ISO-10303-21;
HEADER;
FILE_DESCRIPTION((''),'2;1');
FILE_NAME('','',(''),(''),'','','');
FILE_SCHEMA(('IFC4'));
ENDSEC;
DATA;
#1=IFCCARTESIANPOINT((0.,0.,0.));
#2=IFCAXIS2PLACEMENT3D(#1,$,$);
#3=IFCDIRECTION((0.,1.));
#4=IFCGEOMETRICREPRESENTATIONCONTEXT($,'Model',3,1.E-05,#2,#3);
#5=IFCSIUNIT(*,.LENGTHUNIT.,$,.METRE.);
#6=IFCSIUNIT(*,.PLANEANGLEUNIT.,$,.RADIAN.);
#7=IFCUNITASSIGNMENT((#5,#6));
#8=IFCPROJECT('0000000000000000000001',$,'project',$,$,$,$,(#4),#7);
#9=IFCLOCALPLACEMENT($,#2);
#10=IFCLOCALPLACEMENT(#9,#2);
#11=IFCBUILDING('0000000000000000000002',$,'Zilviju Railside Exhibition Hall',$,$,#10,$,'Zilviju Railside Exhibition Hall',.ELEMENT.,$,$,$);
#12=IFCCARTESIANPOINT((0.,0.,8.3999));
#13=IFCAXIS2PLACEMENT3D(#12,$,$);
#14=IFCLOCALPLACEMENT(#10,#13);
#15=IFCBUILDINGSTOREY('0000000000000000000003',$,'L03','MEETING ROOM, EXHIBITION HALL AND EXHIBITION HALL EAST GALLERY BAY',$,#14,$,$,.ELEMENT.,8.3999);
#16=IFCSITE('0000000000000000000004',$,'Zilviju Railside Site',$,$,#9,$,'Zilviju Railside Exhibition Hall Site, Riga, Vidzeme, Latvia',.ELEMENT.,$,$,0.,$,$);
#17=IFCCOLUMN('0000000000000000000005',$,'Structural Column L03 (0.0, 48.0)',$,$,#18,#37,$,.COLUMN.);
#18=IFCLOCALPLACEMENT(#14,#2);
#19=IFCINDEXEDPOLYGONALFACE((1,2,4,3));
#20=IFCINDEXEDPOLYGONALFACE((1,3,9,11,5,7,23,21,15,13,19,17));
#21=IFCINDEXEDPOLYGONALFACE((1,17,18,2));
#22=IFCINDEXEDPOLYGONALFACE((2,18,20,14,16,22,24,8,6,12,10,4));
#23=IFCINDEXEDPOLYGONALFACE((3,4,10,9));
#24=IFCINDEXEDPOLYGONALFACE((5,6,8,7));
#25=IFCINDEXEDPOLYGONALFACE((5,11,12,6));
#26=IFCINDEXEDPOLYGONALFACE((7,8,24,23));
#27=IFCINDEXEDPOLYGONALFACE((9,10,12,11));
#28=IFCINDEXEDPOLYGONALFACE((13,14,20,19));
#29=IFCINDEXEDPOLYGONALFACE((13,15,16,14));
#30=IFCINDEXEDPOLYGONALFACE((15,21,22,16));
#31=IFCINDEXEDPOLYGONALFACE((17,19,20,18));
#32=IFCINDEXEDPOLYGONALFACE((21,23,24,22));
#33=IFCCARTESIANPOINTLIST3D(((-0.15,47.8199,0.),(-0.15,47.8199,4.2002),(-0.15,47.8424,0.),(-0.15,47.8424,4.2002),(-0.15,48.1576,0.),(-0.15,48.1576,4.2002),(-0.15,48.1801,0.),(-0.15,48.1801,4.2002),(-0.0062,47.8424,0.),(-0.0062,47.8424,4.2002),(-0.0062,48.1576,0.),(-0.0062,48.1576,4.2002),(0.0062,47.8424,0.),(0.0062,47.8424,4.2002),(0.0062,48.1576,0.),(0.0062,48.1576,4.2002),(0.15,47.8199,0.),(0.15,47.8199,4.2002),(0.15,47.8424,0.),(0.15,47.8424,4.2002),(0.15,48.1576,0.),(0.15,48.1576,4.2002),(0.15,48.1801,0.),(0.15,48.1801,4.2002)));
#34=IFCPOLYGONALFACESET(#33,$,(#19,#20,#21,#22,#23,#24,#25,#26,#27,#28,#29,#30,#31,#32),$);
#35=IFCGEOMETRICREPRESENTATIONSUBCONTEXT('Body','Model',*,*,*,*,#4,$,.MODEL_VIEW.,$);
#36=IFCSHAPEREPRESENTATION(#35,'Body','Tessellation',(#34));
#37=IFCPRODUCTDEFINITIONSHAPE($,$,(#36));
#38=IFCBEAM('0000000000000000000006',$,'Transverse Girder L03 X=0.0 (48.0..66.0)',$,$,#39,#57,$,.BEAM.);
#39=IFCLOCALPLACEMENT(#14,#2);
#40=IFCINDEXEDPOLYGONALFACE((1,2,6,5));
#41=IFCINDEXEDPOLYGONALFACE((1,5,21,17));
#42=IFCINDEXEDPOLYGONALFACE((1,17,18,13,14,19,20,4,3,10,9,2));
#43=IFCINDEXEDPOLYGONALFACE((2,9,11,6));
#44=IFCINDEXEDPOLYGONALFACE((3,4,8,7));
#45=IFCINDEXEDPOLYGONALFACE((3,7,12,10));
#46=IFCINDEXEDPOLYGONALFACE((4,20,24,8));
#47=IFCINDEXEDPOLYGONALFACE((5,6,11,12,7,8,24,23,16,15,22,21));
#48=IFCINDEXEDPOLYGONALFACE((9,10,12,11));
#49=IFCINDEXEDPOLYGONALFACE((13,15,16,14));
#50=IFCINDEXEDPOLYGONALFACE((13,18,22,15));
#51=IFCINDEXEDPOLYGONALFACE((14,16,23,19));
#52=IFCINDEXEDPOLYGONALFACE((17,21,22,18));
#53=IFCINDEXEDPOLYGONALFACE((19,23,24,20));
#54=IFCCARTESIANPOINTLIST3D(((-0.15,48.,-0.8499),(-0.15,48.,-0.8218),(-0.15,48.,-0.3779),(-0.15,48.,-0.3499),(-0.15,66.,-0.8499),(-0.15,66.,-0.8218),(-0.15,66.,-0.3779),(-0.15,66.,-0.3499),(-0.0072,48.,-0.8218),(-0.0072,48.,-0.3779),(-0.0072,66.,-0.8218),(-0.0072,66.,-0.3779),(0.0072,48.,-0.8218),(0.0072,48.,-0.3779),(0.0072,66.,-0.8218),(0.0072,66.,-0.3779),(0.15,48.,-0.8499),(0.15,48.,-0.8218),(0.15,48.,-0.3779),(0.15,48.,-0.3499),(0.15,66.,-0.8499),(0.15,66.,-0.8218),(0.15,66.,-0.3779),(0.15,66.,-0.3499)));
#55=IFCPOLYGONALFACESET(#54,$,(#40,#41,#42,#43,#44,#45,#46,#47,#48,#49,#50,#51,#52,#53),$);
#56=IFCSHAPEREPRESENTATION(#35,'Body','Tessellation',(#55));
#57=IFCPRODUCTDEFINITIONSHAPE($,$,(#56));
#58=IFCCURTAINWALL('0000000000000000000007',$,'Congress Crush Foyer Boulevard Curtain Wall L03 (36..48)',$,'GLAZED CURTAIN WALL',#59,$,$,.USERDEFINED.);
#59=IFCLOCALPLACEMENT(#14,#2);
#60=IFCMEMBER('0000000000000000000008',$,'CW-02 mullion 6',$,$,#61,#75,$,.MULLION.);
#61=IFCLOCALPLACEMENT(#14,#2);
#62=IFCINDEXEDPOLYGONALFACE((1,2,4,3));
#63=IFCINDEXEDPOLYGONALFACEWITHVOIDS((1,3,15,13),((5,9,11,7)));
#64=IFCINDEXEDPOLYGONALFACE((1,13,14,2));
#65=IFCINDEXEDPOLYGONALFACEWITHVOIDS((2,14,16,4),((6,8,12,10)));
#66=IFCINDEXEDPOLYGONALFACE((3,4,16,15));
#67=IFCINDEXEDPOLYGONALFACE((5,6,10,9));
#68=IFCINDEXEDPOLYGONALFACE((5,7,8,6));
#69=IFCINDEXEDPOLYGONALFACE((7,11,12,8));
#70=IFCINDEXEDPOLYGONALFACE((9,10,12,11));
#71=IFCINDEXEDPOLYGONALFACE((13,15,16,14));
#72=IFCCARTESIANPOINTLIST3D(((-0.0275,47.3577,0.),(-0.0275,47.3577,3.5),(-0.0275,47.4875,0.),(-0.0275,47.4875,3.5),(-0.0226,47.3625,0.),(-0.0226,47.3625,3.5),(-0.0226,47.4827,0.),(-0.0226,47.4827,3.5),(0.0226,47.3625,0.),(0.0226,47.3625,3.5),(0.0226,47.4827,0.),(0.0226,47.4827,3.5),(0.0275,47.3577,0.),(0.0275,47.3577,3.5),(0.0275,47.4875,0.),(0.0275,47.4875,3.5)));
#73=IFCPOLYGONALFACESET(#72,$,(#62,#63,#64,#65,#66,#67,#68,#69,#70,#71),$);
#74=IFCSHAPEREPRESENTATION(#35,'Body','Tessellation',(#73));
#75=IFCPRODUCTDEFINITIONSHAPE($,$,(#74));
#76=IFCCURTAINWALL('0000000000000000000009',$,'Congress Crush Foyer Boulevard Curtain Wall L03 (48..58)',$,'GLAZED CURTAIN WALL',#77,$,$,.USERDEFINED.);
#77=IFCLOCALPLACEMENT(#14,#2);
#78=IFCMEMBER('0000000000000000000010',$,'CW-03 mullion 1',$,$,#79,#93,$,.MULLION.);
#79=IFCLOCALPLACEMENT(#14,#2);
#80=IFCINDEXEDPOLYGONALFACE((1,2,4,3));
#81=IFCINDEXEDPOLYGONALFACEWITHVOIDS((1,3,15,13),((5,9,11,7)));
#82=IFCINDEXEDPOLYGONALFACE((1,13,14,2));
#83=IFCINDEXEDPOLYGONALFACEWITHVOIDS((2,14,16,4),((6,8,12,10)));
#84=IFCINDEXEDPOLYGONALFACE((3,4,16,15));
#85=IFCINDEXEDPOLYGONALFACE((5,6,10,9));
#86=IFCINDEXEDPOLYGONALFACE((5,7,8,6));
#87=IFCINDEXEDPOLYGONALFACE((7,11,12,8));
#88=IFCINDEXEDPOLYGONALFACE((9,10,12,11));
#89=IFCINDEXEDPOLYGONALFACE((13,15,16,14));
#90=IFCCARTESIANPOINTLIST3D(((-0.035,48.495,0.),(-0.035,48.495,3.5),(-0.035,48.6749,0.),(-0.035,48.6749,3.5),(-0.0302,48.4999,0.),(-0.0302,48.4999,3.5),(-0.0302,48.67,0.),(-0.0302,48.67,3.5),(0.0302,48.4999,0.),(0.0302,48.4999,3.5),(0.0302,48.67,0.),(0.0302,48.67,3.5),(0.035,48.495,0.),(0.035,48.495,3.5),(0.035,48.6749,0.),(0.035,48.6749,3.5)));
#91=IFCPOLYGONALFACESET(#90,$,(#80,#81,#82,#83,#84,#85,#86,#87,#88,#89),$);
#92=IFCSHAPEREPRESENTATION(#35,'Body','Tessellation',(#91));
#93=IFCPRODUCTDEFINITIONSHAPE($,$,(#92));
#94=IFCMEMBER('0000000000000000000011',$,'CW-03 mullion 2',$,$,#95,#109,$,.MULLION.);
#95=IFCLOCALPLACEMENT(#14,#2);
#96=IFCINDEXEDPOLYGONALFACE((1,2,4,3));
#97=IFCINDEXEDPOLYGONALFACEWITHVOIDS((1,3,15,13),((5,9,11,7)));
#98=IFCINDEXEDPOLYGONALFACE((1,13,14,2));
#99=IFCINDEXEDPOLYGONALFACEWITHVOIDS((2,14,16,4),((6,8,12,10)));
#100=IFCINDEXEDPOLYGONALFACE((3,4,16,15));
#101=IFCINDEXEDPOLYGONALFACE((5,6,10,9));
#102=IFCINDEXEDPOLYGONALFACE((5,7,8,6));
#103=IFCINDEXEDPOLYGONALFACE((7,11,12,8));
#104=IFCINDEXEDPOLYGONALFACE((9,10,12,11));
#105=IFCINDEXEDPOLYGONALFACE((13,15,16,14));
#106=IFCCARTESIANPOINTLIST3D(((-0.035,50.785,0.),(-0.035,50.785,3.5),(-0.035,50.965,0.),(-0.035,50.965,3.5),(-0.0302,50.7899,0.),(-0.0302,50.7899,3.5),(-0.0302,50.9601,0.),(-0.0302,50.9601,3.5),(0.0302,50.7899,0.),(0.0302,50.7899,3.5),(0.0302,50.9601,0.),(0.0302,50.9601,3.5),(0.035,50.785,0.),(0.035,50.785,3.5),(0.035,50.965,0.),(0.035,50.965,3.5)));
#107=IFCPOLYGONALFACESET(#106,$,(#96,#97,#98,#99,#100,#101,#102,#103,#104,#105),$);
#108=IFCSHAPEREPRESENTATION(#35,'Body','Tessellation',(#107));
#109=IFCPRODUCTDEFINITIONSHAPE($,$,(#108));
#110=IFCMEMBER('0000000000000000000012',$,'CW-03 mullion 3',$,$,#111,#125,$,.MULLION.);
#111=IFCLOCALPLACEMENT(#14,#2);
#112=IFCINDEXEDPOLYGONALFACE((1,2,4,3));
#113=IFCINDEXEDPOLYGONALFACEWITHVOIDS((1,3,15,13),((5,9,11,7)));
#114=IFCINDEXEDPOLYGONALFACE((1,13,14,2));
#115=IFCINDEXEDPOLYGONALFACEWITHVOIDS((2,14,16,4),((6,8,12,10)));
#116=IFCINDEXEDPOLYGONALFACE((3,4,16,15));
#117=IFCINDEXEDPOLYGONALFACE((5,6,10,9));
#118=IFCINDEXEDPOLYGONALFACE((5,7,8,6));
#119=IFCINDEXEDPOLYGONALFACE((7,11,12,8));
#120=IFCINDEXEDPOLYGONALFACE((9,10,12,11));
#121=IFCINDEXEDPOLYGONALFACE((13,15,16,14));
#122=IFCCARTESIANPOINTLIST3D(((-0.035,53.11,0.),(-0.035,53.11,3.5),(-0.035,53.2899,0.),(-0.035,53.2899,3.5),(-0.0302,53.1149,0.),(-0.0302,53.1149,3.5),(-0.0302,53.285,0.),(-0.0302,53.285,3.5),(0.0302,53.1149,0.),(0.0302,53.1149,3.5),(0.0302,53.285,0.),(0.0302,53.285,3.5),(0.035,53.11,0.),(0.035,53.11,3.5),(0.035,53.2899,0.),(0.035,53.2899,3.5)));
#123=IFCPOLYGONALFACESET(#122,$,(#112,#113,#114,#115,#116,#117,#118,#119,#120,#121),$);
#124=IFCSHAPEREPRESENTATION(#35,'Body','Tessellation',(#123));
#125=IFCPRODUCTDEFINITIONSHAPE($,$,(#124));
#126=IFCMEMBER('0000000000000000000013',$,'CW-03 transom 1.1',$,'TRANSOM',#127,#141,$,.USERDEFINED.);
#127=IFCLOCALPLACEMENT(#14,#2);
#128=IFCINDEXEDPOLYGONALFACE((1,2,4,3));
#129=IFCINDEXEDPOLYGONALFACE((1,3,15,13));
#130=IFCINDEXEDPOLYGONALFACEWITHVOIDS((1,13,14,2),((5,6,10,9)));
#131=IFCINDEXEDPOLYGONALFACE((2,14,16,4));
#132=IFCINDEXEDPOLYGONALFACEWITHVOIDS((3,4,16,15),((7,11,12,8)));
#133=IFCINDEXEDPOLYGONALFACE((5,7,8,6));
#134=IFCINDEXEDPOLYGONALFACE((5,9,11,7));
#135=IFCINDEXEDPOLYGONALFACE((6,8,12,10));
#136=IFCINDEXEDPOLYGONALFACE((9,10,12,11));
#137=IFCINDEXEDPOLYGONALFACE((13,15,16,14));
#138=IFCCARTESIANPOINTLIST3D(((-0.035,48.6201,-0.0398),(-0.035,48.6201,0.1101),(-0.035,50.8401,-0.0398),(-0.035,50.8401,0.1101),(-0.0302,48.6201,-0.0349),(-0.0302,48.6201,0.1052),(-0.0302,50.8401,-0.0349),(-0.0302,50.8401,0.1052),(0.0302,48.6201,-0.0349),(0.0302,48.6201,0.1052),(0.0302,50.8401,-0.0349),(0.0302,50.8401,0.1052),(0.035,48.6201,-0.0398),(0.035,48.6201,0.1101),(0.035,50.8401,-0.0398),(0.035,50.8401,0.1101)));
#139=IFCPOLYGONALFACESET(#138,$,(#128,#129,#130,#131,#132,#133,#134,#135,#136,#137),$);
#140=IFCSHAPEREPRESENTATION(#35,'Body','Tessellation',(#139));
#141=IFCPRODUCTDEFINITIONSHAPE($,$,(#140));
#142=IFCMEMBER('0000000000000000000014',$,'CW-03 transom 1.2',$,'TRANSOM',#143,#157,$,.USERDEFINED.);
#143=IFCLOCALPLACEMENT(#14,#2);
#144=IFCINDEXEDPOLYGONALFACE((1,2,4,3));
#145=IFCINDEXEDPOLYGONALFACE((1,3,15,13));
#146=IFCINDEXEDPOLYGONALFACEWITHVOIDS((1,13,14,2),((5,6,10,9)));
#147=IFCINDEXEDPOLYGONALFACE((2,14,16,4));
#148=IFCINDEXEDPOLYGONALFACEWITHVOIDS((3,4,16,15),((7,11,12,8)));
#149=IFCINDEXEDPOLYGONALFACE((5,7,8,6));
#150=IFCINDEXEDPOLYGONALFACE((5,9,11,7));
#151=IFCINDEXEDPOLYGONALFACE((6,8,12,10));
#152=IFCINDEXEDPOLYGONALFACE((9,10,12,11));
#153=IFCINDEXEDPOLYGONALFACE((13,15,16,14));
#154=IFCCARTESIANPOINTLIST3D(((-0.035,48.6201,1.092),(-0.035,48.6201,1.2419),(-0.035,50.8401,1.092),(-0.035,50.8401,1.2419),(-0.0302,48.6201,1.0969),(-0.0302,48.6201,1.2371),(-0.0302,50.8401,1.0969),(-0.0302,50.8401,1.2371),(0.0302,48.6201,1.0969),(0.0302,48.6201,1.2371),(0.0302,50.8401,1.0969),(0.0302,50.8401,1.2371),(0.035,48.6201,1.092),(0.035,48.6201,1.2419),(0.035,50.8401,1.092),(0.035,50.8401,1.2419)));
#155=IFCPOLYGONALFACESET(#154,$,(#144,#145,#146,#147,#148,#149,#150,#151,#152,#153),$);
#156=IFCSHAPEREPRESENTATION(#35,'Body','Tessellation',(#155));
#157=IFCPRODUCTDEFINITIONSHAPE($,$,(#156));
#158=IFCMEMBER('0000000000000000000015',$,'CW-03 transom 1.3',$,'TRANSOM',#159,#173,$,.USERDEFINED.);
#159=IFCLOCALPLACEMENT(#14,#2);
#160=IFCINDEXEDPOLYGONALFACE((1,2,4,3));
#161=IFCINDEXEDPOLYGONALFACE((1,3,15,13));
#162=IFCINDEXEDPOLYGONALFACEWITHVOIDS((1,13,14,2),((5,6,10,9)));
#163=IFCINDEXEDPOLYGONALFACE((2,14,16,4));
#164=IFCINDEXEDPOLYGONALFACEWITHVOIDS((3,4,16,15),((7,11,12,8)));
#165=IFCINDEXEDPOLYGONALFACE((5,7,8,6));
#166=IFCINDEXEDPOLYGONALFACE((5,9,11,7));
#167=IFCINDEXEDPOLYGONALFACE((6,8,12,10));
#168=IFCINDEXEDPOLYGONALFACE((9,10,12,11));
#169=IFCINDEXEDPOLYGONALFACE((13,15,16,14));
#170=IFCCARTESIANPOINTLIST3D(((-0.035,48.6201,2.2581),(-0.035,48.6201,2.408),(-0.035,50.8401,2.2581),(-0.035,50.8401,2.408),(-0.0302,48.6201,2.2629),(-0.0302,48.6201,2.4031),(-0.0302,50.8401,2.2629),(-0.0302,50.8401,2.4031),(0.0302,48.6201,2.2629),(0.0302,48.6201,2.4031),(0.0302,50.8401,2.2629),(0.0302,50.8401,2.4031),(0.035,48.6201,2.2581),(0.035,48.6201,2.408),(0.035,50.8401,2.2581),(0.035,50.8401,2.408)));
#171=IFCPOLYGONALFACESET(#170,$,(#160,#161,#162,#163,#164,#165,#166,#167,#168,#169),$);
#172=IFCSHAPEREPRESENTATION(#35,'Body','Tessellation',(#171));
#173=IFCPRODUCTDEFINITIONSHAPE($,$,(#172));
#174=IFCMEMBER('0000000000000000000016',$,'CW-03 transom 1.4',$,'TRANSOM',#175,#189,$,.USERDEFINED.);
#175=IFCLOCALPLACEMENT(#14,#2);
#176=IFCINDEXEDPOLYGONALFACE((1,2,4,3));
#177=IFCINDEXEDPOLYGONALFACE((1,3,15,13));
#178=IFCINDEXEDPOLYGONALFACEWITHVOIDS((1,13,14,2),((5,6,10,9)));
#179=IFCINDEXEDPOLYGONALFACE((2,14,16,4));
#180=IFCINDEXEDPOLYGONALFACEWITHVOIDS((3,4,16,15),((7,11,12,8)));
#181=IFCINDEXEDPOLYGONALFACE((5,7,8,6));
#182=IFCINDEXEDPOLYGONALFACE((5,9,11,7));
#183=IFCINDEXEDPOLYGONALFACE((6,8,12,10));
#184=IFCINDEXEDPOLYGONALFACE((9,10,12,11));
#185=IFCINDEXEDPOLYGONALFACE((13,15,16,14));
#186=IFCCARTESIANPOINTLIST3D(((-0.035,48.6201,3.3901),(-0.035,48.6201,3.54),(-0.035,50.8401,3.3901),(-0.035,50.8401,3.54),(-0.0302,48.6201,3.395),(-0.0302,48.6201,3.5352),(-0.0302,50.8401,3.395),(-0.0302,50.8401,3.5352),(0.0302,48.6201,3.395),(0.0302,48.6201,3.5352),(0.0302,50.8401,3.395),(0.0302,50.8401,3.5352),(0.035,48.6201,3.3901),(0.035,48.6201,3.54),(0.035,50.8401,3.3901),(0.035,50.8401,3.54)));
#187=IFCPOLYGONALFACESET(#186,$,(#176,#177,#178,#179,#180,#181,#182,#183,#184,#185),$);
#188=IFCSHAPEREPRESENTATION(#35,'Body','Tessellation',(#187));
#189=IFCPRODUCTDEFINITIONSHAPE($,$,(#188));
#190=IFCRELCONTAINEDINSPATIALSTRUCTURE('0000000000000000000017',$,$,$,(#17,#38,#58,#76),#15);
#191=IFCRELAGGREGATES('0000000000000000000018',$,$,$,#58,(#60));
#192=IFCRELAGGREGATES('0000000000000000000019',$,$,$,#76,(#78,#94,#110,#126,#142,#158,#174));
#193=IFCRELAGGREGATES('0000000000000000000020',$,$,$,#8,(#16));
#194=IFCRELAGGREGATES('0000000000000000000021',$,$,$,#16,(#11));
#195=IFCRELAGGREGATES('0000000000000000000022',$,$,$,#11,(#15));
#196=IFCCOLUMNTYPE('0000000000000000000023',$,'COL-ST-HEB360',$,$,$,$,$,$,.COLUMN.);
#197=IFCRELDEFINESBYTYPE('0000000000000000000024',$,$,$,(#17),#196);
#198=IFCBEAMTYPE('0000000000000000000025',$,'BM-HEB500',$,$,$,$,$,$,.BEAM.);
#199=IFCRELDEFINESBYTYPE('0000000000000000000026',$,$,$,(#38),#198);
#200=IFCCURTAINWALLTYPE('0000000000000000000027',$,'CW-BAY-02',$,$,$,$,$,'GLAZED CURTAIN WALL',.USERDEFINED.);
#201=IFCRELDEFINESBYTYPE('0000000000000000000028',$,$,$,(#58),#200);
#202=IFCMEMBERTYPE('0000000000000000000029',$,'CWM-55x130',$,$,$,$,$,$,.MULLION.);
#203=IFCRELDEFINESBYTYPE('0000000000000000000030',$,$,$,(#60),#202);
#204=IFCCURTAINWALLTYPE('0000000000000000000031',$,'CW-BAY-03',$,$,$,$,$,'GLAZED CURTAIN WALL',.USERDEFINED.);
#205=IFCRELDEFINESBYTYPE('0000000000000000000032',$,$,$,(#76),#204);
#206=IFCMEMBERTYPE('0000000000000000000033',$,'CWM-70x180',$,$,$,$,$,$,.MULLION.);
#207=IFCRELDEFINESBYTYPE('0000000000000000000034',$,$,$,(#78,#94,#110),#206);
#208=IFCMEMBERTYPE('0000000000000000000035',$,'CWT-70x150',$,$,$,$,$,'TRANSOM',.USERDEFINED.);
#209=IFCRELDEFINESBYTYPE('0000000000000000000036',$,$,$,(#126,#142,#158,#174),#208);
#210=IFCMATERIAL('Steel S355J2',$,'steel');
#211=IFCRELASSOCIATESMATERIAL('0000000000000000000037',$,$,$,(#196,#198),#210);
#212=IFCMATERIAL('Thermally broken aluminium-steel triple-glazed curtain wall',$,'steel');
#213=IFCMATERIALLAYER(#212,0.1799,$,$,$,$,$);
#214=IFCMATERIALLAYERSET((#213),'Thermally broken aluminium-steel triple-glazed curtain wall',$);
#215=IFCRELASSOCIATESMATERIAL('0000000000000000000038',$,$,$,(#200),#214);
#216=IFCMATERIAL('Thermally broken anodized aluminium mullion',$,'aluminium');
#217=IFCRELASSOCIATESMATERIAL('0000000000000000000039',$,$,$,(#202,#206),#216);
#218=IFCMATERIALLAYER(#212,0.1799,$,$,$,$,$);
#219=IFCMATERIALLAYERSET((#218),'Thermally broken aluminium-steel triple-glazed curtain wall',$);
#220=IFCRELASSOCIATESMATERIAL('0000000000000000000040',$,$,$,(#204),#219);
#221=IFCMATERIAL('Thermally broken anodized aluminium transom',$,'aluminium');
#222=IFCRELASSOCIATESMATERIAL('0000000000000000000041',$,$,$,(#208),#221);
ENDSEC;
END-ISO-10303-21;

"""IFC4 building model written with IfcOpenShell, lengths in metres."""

from ifc_helpers import new_model, si_unit, direction, frame, origin, origin_2d, place, context, subcontext, project, spatial, hollow_rectangle, i_section, extrude, material, layer, layer_set, material_profile, profile_set, type_object, element, aggregate, save


model = new_model("IFC4")

# Units and contexts
model_context = context("Model", 3, precision=1e-05, world=origin(), true_north=direction((0.0, 1.0)))
body_context = subcontext(model_context, "Body", "Model", "MODEL_VIEW")
ifc_project = project(units=[si_unit("LENGTHUNIT", "METRE"), si_unit("PLANEANGLEUNIT", "RADIAN")], contexts=[model_context])

# Site, building, storey
site_placement = place(None, origin())
site = spatial("IfcSite", under=ifc_project, at=site_placement, Name="Zilviju Railside Site", LongName="Zilviju Railside Exhibition Hall Site, Riga, Vidzeme, Latvia", CompositionType="ELEMENT", RefElevation=0.0)
building_placement = place(site_placement, origin())
building = spatial("IfcBuilding", under=site, at=building_placement, Name="Zilviju Railside Exhibition Hall", LongName="Zilviju Railside Exhibition Hall", CompositionType="ELEMENT")
storey_placement = place(building_placement, frame((0.0, 0.0, 8.3999)))
storey = spatial("IfcBuildingStorey", under=building, at=storey_placement, Name="L03", Description="MEETING ROOM, EXHIBITION HALL AND EXHIBITION HALL EAST GALLERY BAY", CompositionType="ELEMENT", Elevation=8.3999)

# Column
ifc_material_1 = material(Name="Steel S355J2", Category="steel")
ifc_material_profile_1 = material_profile(ifc_material_1, i_section(OverallWidth=0.3, OverallDepth=0.3601, WebThickness=0.0125, FlangeThickness=0.0225, at=origin_2d()), Name="HEB 360")
ifc_profile_set_1 = profile_set([ifc_material_profile_1], Name="Steel S355J2")
column_type = type_object("IfcColumnType", Name="COL-ST-HEB360", PredefinedType="COLUMN", material=ifc_profile_set_1)
column_placement = place(storey_placement, frame((0.0, 48.0, 0.0), z_axis=(0.0, 0.0, 1.0), x_axis=(1.0, 0.0, 0.0)))
element("IfcColumn", 1, at=column_placement, inside=storey, type_object=column_type, Name="Structural Column L03 (0.0, 48.0)", PredefinedType="COLUMN", context=body_context, shape_type="SweptSolid", body=[
    extrude(i_section(OverallWidth=0.3, OverallDepth=0.3601, WebThickness=0.0125, FlangeThickness=0.0225, at=origin_2d()), origin(), (0.0, 0.0, 1.0), 4.2002),
])

# Beam
ifc_material_profile_2 = material_profile(ifc_material_1, i_section(OverallWidth=0.3, OverallDepth=0.5, WebThickness=0.0144, FlangeThickness=0.0281, at=origin_2d()), Name="HEB 500")
ifc_profile_set_2 = profile_set([ifc_material_profile_2], Name="Steel S355J2")
beam_type = type_object("IfcBeamType", Name="BM-HEB500", PredefinedType="BEAM", material=ifc_profile_set_2)
beam_placement = place(storey_placement, frame((0.0, 48.0, -0.5999), z_axis=(0.0, 1.0, 0.0), x_axis=(-1.0, 0.0, 0.0)))
element("IfcBeam", 2, at=beam_placement, inside=storey, type_object=beam_type, Name="Transverse Girder L03 X=0.0 (48.0..66.0)", PredefinedType="BEAM", context=body_context, shape_type="SweptSolid", body=[
    extrude(i_section(OverallWidth=0.3, OverallDepth=0.5, WebThickness=0.0144, FlangeThickness=0.0281, at=origin_2d()), origin(), (0.0, 0.0, 1.0), 18.0),
])

# Curtain wall, member
ifc_material_2 = material(Name="Thermally broken aluminium-steel triple-glazed curtain wall", Category="steel")
ifc_layer_1 = layer(ifc_material_2, 0.1799)
ifc_layer_set_1 = layer_set([ifc_layer_1], Name="Thermally broken aluminium-steel triple-glazed curtain wall")
curtain_wall_type_1 = type_object("IfcCurtainWallType", Name="CW-BAY-02", ElementType="GLAZED CURTAIN WALL", PredefinedType="USERDEFINED", material=ifc_layer_set_1)
curtain_wall_1_placement = place(storey_placement, origin())
curtain_wall_1 = element("IfcCurtainWall", 3, at=curtain_wall_1_placement, inside=storey, type_object=curtain_wall_type_1, Name="Congress Crush Foyer Boulevard Curtain Wall L03 (36..48)", ObjectType="GLAZED CURTAIN WALL", PredefinedType="USERDEFINED")
ifc_material_3 = material(Name="Thermally broken anodized aluminium mullion", Category="aluminium")
ifc_material_profile_3 = material_profile(ifc_material_3, hollow_rectangle(XDim=0.0549, YDim=0.1299, WallThickness=0.0049, at=origin_2d()), Name="MULLION 130x55x5")
ifc_profile_set_3 = profile_set([ifc_material_profile_3], Name="Thermally broken anodized aluminium mullion")
member_type_1 = type_object("IfcMemberType", Name="CWM-55x130", PredefinedType="MULLION", material=ifc_profile_set_3)
member_1_placement = place(storey_placement, frame((0.0, 47.4226, 0.0), z_axis=(0.0, 0.0, 1.0), x_axis=(-1.0, 0.0, 0.0)))
member_1 = element("IfcMember", 4, at=member_1_placement, type_object=member_type_1, Name="CW-02 mullion 6", PredefinedType="MULLION", context=body_context, shape_type="SweptSolid", body=[
    extrude(hollow_rectangle(XDim=0.0549, YDim=0.1299, WallThickness=0.0049, at=origin_2d()), origin(), (0.0, 0.0, 1.0), 3.5),
])
aggregate(curtain_wall_1, [member_1])

# Curtain wall, members
ifc_layer_2 = layer(ifc_material_2, 0.1799)
ifc_layer_set_2 = layer_set([ifc_layer_2], Name="Thermally broken aluminium-steel triple-glazed curtain wall")
curtain_wall_type_2 = type_object("IfcCurtainWallType", Name="CW-BAY-03", ElementType="GLAZED CURTAIN WALL", PredefinedType="USERDEFINED", material=ifc_layer_set_2)
curtain_wall_2_placement = place(storey_placement, origin())
curtain_wall_2 = element("IfcCurtainWall", 5, at=curtain_wall_2_placement, inside=storey, type_object=curtain_wall_type_2, Name="Congress Crush Foyer Boulevard Curtain Wall L03 (48..58)", ObjectType="GLAZED CURTAIN WALL", PredefinedType="USERDEFINED")
ifc_material_profile_4 = material_profile(ifc_material_3, hollow_rectangle(XDim=0.0701, YDim=0.1799, WallThickness=0.0049, at=origin_2d()), Name="MULLION 180x70x5")
ifc_profile_set_4 = profile_set([ifc_material_profile_4], Name="Thermally broken anodized aluminium mullion")
member_type_2 = type_object("IfcMemberType", Name="CWM-70x180", PredefinedType="MULLION", material=ifc_profile_set_4)
member_2_placement = place(storey_placement, frame((0.0, 48.585, 0.0), z_axis=(0.0, 0.0, 1.0), x_axis=(-1.0, 0.0, 0.0)))
member_2 = element("IfcMember", 6, at=member_2_placement, type_object=member_type_2, Name="CW-03 mullion 1", PredefinedType="MULLION", context=body_context, shape_type="SweptSolid", body=[
    extrude(hollow_rectangle(XDim=0.0701, YDim=0.1799, WallThickness=0.0049, at=origin_2d()), origin(), (0.0, 0.0, 1.0), 3.5),
])
member_3_placement = place(storey_placement, frame((0.0, 50.875, 0.0), z_axis=(0.0, 0.0, 1.0), x_axis=(-1.0, 0.0, 0.0)))
member_3 = element("IfcMember", 7, at=member_3_placement, type_object=member_type_2, Name="CW-03 mullion 2", PredefinedType="MULLION", context=body_context, shape_type="SweptSolid", body=[
    extrude(hollow_rectangle(XDim=0.0701, YDim=0.1799, WallThickness=0.0049, at=origin_2d()), origin(), (0.0, 0.0, 1.0), 3.5),
])
member_4_placement = place(storey_placement, frame((0.0, 53.2, 0.0), z_axis=(0.0, 0.0, 1.0), x_axis=(-1.0, 0.0, 0.0)))
member_4 = element("IfcMember", 8, at=member_4_placement, type_object=member_type_2, Name="CW-03 mullion 3", PredefinedType="MULLION", context=body_context, shape_type="SweptSolid", body=[
    extrude(hollow_rectangle(XDim=0.0701, YDim=0.1799, WallThickness=0.0049, at=origin_2d()), origin(), (0.0, 0.0, 1.0), 3.5),
])
ifc_material_4 = material(Name="Thermally broken anodized aluminium transom", Category="aluminium")
ifc_material_profile_5 = material_profile(ifc_material_4, hollow_rectangle(XDim=0.0701, YDim=0.1499, WallThickness=0.0049, at=origin_2d()), Name="TRANSOM 150x70x5")
ifc_profile_set_5 = profile_set([ifc_material_profile_5], Name="Thermally broken anodized aluminium transom")
member_type_3 = type_object("IfcMemberType", Name="CWT-70x150", ElementType="TRANSOM", PredefinedType="USERDEFINED", material=ifc_profile_set_5)
member_5_placement = place(storey_placement, frame((0.0, 48.6201, 0.0352), z_axis=(0.0, 1.0, 0.0), x_axis=(-1.0, 0.0, 0.0)))
member_5 = element("IfcMember", 9, at=member_5_placement, type_object=member_type_3, Name="CW-03 transom 1.1", ObjectType="TRANSOM", PredefinedType="USERDEFINED", context=body_context, shape_type="SweptSolid", body=[
    extrude(hollow_rectangle(XDim=0.0701, YDim=0.1499, WallThickness=0.0049, at=origin_2d()), origin(), (0.0, 0.0, 1.0), 2.22),
])
member_6_placement = place(storey_placement, frame((0.0, 48.6201, 1.167), z_axis=(0.0, 1.0, 0.0), x_axis=(-1.0, 0.0, 0.0)))
member_6 = element("IfcMember", 10, at=member_6_placement, type_object=member_type_3, Name="CW-03 transom 1.2", ObjectType="TRANSOM", PredefinedType="USERDEFINED", context=body_context, shape_type="SweptSolid", body=[
    extrude(hollow_rectangle(XDim=0.0701, YDim=0.1499, WallThickness=0.0049, at=origin_2d()), origin(), (0.0, 0.0, 1.0), 2.22),
])
member_7_placement = place(storey_placement, frame((0.0, 48.6201, 2.333), z_axis=(0.0, 1.0, 0.0), x_axis=(-1.0, 0.0, 0.0)))
member_7 = element("IfcMember", 11, at=member_7_placement, type_object=member_type_3, Name="CW-03 transom 1.3", ObjectType="TRANSOM", PredefinedType="USERDEFINED", context=body_context, shape_type="SweptSolid", body=[
    extrude(hollow_rectangle(XDim=0.0701, YDim=0.1499, WallThickness=0.0049, at=origin_2d()), origin(), (0.0, 0.0, 1.0), 2.22),
])
member_8_placement = place(storey_placement, frame((0.0, 48.6201, 3.4651), z_axis=(0.0, 1.0, 0.0), x_axis=(-1.0, 0.0, 0.0)))
member_8 = element("IfcMember", 12, at=member_8_placement, type_object=member_type_3, Name="CW-03 transom 1.4", ObjectType="TRANSOM", PredefinedType="USERDEFINED", context=body_context, shape_type="SweptSolid", body=[
    extrude(hollow_rectangle(XDim=0.0701, YDim=0.1499, WallThickness=0.0049, at=origin_2d()), origin(), (0.0, 0.0, 1.0), 2.22),
])
aggregate(curtain_wall_2, [member_2, member_3, member_4, member_5, member_6, member_7, member_8])

save(model, "model.ifc")
